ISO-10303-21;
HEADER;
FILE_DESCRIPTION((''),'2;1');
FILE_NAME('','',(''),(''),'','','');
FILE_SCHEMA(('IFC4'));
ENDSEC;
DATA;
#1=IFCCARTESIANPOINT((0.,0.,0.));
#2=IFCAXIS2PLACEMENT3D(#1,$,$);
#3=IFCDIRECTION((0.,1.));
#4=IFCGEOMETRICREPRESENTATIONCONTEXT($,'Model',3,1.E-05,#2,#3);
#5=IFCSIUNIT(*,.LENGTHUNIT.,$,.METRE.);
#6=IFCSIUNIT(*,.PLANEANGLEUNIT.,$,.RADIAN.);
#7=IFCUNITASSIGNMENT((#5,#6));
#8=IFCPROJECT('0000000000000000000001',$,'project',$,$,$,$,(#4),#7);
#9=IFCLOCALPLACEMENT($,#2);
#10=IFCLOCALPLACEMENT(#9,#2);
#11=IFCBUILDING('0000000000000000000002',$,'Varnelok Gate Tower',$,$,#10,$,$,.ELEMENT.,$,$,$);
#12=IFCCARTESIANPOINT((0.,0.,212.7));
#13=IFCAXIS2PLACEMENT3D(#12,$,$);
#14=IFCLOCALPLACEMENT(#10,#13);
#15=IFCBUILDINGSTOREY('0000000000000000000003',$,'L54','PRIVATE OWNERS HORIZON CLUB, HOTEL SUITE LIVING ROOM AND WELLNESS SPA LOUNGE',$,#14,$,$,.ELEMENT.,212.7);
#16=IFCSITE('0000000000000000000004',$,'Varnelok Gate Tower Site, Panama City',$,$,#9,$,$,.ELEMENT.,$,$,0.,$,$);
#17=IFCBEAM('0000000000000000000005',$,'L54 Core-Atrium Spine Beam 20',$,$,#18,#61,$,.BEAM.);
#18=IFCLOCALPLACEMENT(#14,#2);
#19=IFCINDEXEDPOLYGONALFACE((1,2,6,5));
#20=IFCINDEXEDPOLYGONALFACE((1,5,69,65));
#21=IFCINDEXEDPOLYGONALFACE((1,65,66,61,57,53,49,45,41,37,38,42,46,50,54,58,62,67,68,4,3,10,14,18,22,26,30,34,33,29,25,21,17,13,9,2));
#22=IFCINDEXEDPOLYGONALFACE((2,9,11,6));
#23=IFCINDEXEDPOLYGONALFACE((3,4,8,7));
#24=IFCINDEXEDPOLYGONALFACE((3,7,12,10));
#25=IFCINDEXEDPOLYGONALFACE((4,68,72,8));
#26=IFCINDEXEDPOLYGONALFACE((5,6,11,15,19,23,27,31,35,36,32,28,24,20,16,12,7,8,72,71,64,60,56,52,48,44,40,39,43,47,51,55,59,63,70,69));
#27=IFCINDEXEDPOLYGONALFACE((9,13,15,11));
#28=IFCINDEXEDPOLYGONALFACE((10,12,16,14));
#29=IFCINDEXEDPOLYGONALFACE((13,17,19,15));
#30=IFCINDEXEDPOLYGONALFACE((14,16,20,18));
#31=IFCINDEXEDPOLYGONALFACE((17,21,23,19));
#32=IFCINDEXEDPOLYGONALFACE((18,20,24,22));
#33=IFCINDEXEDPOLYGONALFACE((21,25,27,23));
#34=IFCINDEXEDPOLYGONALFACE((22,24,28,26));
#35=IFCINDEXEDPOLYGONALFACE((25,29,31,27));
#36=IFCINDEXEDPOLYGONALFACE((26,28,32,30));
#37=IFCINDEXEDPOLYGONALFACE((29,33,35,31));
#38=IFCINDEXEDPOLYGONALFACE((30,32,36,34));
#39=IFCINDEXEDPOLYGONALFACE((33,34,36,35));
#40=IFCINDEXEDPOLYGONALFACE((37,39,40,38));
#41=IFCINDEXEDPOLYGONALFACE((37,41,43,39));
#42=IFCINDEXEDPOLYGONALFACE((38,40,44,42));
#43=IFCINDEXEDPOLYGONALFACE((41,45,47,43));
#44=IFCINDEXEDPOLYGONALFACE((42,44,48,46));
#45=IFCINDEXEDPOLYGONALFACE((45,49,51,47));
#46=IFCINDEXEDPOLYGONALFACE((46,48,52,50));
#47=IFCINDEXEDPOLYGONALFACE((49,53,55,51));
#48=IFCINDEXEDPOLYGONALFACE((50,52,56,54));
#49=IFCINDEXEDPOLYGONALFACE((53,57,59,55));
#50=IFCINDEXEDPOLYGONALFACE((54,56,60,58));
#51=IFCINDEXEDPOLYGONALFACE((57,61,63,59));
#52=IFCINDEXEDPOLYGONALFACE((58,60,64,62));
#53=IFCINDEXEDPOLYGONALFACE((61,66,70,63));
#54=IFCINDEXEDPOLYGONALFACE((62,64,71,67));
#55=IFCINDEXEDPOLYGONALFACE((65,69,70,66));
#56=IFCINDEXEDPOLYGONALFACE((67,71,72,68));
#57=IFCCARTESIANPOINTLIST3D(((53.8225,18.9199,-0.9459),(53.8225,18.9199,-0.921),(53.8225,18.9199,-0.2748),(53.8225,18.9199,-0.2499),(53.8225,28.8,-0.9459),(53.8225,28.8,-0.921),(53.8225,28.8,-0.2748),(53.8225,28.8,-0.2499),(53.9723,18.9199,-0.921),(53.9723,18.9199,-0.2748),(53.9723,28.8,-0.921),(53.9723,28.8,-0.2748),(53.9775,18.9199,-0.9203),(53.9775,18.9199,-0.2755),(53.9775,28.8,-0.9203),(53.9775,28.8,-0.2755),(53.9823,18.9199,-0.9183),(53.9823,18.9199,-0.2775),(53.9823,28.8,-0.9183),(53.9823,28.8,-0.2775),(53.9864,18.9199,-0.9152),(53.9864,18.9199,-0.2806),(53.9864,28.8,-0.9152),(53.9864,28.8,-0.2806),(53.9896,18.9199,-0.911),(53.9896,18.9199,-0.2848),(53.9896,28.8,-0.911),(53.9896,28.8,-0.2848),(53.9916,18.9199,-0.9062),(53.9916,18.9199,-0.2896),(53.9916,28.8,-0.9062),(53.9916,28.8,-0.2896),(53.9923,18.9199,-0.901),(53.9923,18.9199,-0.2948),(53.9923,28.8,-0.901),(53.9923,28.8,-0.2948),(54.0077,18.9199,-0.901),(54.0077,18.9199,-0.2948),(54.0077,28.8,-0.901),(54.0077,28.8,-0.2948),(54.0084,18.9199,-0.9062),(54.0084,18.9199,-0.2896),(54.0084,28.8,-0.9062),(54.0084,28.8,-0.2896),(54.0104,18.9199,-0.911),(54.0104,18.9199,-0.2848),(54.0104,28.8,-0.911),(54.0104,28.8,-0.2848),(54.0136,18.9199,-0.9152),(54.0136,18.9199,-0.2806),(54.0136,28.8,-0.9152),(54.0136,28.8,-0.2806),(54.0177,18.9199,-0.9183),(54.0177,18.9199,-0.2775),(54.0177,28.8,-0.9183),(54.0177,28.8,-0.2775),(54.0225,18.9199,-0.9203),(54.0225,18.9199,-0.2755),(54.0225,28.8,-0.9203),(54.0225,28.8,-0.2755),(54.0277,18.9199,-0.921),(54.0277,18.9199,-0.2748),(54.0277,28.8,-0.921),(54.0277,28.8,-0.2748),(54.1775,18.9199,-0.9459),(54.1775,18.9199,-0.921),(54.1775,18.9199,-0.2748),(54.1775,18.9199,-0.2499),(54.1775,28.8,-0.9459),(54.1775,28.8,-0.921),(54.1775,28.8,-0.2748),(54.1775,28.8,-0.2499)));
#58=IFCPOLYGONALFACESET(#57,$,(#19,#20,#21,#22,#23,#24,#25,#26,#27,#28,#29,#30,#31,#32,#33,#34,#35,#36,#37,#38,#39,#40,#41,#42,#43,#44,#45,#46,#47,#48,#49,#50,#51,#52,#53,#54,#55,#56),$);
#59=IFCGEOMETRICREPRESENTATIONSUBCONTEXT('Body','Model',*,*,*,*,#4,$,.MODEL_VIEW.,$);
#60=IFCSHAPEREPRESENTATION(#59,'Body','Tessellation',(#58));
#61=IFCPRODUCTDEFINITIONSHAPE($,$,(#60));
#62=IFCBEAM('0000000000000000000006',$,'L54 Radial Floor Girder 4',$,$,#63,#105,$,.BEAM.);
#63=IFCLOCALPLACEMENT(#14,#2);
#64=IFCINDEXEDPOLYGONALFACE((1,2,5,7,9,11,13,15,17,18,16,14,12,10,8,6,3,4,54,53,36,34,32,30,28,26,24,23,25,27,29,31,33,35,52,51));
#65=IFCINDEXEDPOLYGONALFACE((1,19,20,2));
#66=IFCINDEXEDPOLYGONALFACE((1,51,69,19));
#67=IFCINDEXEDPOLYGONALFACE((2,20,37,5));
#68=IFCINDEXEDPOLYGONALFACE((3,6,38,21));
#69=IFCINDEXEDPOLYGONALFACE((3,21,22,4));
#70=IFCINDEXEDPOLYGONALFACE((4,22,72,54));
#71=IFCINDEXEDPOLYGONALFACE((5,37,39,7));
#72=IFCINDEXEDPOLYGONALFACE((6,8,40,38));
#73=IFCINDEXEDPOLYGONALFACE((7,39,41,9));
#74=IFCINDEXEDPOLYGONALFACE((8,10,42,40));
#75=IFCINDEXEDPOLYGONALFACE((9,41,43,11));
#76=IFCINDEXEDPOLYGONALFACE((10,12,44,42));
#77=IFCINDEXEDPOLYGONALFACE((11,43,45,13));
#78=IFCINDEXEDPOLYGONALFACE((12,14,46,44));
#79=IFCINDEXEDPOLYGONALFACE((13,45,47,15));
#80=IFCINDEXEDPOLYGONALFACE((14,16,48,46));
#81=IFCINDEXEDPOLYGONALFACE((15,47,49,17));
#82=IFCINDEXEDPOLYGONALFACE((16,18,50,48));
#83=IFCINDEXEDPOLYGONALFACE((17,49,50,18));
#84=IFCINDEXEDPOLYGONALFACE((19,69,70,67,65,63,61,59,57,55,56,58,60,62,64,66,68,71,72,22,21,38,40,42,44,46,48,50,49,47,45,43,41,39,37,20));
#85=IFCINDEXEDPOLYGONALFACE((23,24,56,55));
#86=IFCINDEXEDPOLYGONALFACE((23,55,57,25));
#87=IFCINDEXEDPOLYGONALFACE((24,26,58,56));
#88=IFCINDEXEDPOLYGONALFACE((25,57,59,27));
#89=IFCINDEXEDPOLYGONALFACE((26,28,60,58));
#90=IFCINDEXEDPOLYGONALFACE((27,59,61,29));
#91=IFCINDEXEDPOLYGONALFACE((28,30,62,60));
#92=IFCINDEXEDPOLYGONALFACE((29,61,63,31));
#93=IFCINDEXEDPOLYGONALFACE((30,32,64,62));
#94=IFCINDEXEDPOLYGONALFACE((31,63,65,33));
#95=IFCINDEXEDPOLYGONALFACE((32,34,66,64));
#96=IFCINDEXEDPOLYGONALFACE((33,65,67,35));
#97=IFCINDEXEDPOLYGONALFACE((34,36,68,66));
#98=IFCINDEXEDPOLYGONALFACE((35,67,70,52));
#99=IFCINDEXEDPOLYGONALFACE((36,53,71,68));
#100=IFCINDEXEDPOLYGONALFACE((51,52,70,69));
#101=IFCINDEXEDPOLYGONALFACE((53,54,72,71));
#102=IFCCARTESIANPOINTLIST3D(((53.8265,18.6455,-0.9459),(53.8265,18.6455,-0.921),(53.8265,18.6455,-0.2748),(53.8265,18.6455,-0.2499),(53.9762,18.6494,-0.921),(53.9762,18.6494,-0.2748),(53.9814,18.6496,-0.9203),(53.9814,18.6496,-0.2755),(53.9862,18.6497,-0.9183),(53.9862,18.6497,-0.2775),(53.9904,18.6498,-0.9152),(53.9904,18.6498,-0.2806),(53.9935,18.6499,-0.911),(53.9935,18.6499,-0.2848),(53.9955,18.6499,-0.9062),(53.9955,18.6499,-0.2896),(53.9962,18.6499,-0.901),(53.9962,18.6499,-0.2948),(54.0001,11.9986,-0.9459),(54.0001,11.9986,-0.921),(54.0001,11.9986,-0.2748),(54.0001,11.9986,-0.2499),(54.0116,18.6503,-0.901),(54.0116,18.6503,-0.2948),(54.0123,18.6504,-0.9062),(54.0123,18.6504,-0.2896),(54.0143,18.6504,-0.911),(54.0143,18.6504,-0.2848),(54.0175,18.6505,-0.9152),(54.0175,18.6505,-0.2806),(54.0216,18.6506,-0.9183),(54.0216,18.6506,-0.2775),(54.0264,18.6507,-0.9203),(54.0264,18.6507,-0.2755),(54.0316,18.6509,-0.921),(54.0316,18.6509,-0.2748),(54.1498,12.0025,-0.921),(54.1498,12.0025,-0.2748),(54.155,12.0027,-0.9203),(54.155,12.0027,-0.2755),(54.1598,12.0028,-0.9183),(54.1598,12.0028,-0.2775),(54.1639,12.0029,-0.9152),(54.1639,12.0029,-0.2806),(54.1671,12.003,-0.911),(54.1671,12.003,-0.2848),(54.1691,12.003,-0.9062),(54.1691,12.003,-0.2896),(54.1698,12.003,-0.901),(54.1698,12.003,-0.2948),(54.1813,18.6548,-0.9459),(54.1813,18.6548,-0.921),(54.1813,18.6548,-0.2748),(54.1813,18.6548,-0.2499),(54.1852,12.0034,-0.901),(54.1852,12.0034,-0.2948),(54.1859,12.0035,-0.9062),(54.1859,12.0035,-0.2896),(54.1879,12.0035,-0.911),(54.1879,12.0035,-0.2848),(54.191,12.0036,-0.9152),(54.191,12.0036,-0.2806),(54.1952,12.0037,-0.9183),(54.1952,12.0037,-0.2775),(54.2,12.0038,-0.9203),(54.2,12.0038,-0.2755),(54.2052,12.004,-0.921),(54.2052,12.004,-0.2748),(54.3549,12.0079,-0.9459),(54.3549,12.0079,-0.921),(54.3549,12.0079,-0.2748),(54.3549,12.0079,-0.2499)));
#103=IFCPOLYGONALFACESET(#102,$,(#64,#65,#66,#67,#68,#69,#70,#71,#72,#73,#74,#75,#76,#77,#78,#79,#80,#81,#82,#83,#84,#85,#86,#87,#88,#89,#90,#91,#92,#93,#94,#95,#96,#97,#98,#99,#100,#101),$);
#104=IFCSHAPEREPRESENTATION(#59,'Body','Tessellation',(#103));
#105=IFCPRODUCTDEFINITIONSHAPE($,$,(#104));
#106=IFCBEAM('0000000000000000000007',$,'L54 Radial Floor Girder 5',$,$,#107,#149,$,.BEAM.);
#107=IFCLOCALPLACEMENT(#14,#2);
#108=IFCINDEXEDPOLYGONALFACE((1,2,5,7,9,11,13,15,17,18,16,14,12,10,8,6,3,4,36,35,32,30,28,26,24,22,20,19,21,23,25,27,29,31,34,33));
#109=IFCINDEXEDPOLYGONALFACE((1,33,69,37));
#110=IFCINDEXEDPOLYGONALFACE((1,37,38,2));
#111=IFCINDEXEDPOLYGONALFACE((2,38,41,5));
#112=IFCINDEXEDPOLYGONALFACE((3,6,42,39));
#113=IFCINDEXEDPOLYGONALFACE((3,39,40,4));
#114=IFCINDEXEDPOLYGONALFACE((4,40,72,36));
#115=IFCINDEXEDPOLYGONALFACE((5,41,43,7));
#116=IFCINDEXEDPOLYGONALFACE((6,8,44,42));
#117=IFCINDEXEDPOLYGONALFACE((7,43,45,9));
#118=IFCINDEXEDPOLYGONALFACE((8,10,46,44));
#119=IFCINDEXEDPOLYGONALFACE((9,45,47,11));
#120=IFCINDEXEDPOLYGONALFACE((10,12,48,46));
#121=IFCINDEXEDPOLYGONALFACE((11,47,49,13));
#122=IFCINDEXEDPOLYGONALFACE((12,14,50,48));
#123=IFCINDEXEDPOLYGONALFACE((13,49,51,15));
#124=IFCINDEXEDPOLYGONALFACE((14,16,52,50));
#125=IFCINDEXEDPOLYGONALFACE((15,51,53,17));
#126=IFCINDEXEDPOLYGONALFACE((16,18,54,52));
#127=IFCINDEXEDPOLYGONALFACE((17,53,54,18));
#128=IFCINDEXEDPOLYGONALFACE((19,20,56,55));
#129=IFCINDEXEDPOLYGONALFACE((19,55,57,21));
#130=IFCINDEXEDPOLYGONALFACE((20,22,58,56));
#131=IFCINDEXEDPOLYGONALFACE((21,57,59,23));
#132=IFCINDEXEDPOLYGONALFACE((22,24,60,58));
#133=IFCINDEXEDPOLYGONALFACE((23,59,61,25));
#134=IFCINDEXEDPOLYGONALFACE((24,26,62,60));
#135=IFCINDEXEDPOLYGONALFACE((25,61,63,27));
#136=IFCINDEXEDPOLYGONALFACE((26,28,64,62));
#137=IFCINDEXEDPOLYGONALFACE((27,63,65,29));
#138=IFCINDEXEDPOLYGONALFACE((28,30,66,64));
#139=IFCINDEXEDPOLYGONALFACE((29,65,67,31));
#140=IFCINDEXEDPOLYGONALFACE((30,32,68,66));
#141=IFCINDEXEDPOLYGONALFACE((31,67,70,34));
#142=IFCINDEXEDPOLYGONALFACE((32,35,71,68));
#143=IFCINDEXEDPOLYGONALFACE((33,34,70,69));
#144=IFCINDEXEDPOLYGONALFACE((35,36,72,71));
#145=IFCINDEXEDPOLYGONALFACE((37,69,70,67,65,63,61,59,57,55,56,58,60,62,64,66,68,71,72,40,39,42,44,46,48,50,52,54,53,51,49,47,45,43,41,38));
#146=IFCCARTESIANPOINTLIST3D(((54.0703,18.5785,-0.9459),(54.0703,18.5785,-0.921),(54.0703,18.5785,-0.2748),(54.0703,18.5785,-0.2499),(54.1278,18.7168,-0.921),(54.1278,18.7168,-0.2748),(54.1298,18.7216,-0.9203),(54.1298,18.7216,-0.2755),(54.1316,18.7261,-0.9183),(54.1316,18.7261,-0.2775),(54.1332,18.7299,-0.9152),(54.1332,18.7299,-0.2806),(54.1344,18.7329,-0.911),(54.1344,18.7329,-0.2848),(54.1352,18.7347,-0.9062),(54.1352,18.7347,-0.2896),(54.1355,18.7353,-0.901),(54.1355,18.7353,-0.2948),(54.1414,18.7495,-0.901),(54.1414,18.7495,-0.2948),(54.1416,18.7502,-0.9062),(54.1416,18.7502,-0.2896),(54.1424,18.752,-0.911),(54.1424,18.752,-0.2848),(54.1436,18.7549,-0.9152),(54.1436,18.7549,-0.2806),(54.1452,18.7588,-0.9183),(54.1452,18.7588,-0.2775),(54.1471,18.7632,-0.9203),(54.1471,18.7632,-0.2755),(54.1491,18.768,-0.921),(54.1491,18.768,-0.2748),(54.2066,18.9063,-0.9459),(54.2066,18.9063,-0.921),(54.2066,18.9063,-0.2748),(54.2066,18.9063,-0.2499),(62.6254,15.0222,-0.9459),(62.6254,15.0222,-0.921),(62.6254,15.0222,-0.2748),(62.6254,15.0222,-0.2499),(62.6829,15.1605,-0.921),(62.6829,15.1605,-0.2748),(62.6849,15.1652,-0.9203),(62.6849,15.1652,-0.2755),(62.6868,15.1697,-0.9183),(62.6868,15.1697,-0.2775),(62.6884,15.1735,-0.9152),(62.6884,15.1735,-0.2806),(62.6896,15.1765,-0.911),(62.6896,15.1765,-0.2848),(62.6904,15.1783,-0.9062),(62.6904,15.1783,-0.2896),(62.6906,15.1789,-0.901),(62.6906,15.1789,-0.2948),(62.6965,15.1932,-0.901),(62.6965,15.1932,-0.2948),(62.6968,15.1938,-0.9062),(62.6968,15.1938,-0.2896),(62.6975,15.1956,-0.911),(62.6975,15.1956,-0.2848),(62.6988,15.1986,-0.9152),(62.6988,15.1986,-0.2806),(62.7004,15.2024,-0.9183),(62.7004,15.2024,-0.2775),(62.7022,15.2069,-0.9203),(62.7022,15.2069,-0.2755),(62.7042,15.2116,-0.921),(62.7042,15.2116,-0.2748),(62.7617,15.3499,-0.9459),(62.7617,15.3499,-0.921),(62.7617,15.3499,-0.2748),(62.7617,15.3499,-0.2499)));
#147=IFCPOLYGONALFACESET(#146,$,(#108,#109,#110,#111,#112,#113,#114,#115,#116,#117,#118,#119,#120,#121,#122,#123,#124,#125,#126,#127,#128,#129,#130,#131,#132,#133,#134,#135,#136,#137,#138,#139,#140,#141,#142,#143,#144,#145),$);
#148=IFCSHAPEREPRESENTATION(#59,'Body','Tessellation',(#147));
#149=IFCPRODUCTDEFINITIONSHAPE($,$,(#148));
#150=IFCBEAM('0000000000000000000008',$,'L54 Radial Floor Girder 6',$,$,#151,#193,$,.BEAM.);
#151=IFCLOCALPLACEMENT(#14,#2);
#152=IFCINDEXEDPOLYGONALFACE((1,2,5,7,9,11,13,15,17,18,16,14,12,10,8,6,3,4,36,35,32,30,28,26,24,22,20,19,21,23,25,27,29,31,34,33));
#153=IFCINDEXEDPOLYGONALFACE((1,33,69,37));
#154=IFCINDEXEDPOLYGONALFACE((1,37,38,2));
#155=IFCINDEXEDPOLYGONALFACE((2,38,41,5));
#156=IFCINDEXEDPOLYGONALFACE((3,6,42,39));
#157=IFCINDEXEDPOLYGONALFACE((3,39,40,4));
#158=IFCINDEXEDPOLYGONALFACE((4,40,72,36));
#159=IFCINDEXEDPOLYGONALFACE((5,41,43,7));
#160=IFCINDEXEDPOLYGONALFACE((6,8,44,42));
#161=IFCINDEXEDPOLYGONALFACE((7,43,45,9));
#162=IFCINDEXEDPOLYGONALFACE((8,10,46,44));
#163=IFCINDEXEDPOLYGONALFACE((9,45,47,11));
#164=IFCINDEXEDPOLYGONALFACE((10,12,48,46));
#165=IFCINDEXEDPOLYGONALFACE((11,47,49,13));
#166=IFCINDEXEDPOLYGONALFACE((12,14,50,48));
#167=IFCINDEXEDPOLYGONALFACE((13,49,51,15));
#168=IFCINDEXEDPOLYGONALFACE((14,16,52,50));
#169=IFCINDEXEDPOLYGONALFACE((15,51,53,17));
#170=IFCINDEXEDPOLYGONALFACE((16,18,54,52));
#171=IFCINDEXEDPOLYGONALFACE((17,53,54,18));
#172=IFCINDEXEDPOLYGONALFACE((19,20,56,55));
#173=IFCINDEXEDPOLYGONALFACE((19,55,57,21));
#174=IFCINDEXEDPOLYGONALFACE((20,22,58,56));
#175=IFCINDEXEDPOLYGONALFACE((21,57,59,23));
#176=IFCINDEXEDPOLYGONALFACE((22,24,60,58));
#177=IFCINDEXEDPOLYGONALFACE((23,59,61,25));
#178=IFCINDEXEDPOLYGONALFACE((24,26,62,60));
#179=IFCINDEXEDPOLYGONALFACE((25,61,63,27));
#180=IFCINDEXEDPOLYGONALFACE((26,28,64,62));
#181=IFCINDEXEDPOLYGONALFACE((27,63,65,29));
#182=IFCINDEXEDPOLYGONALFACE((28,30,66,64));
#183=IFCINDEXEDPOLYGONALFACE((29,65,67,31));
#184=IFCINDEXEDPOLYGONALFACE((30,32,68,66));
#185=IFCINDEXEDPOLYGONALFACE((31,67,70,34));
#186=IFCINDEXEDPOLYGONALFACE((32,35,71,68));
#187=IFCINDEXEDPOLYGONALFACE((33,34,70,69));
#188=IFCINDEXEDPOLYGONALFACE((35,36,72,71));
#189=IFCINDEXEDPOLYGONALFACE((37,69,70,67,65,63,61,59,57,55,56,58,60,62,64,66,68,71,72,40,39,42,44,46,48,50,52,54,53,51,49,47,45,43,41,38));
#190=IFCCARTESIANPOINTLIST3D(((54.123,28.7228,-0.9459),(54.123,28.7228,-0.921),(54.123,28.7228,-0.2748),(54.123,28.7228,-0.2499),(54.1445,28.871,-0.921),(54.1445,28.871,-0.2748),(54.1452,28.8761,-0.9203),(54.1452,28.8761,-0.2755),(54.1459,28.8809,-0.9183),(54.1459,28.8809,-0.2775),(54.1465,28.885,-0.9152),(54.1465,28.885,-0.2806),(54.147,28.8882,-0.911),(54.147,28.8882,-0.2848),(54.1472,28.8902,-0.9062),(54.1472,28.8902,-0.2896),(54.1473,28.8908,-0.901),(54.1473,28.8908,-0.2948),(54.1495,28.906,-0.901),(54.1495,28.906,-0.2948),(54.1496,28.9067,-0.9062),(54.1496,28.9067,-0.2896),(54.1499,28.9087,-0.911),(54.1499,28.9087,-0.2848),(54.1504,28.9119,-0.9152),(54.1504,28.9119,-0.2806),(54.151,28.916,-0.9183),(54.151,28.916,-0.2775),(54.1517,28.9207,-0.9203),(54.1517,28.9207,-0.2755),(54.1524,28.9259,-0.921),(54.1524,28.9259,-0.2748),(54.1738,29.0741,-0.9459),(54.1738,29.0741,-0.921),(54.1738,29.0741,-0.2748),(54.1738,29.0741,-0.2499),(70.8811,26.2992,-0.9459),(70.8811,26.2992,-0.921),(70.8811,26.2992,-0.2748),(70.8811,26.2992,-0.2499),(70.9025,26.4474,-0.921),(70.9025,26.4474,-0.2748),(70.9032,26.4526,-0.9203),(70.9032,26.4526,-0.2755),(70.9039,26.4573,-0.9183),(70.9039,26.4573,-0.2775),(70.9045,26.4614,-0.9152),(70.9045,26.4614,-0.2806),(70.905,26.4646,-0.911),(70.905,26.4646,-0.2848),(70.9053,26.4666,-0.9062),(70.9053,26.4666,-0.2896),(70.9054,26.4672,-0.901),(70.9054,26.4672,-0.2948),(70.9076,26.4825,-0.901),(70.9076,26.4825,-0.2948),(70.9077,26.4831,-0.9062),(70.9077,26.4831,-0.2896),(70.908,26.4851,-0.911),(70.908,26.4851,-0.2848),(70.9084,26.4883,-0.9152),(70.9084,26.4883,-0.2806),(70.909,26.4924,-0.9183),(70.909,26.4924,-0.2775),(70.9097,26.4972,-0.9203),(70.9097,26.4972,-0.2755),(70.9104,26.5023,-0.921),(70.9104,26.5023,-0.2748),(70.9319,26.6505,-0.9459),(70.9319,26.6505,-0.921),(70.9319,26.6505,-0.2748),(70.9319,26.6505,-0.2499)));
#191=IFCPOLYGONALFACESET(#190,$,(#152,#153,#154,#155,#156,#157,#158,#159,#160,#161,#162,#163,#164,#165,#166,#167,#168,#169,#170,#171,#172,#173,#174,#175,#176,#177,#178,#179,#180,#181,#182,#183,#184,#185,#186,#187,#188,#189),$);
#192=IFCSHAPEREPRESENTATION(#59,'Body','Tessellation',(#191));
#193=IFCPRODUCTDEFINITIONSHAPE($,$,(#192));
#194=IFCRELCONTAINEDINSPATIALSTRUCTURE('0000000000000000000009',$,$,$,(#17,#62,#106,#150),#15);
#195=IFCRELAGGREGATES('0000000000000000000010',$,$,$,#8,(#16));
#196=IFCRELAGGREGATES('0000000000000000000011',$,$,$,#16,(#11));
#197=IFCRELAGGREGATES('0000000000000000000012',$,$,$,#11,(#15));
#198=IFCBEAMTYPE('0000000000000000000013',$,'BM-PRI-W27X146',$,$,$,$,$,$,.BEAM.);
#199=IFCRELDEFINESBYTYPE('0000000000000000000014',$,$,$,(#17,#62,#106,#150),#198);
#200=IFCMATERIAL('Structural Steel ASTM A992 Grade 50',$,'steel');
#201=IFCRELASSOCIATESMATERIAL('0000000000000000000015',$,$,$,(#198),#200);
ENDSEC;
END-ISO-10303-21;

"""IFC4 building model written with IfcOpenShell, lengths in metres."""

from ifc_helpers import new_model, si_unit, direction, frame, origin, origin_2d, place, context, subcontext, project, spatial, i_section, extrude, material, material_profile, profile_set, type_object, element, save


model = new_model("IFC4")

# Units and contexts
model_context = context("Model", 3, precision=1e-05, world=origin(), true_north=direction((0.0, 1.0)))
body_context = subcontext(model_context, "Body", "Model", "MODEL_VIEW")
ifc_project = project(units=[si_unit("LENGTHUNIT", "METRE"), si_unit("PLANEANGLEUNIT", "RADIAN")], contexts=[model_context])

# Site, building, storey
site_placement = place(None, origin())
site = spatial("IfcSite", under=ifc_project, at=site_placement, Name="Varnelok Gate Tower Site, Panama City", CompositionType="ELEMENT", RefElevation=0.0)
building_placement = place(site_placement, origin())
building = spatial("IfcBuilding", under=site, at=building_placement, Name="Varnelok Gate Tower", CompositionType="ELEMENT")
storey_placement = place(building_placement, frame((0.0, 0.0, 212.7)))
storey = spatial("IfcBuildingStorey", under=building, at=storey_placement, Name="L54", Description="PRIVATE OWNERS HORIZON CLUB, HOTEL SUITE LIVING ROOM AND WELLNESS SPA LOUNGE", CompositionType="ELEMENT", Elevation=212.7)

# Shared definitions
ifc_material_1 = material(Name="Structural Steel ASTM A992 Grade 50", Category="steel")

# Beams
ifc_material_profile_1 = material_profile(ifc_material_1, i_section(OverallWidth=0.355, OverallDepth=0.696, WebThickness=0.0154, FlangeThickness=0.0249, FilletRadius=0.02, at=origin_2d()), Name="W27X146")
ifc_profile_set_1 = profile_set([ifc_material_profile_1], Name="Structural Steel ASTM A992 Grade 50")
beam_type_1 = type_object("IfcBeamType", Name="BM-PRI-W27X146", PredefinedType="BEAM", material=ifc_profile_set_1)
beam_1_placement = place(storey_placement, frame((54.0, 18.9199, -0.5979), z_axis=(0.0, 1.0, 0.0), x_axis=(-1.0, 0.0, 0.0)))
element("IfcBeam", 1, at=beam_1_placement, inside=storey, type_object=beam_type_1, Name="L54 Core-Atrium Spine Beam 20", PredefinedType="BEAM", context=body_context, shape_type="SweptSolid", body=[
    extrude(i_section(OverallWidth=0.355, OverallDepth=0.696, WebThickness=0.0154, FlangeThickness=0.0249, FilletRadius=0.02, at=origin_2d()), origin(), (0.0, 0.0, 1.0), 9.8801),
])
beam_2_placement = place(storey_placement, frame((54.0039, 18.6501, -0.5979), z_axis=(0.026106, -0.999659, 0.0), x_axis=(0.999659, 0.026106, 0.0)))
element("IfcBeam", 2, at=beam_2_placement, inside=storey, type_object=beam_type_1, Name="L54 Radial Floor Girder 4", PredefinedType="BEAM", context=body_context, shape_type="SweptSolid", body=[
    extrude(i_section(OverallWidth=0.355, OverallDepth=0.696, WebThickness=0.0154, FlangeThickness=0.0249, FilletRadius=0.02, at=origin_2d()), origin(), (0.0, 0.0, 1.0), 6.6492),
])
beam_3_placement = place(storey_placement, frame((54.1384, 18.7424, -0.5979), z_axis=(0.923393, -0.383856, 0.0), x_axis=(0.383856, 0.923393, 0.0)))
element("IfcBeam", 3, at=beam_3_placement, inside=storey, type_object=beam_type_1, Name="L54 Radial Floor Girder 5", PredefinedType="BEAM", context=body_context, shape_type="SweptSolid", body=[
    extrude(i_section(OverallWidth=0.355, OverallDepth=0.696, WebThickness=0.0154, FlangeThickness=0.0249, FilletRadius=0.02, at=origin_2d()), origin(), (0.0, 0.0, 1.0), 9.2649),
])
beam_4_placement = place(storey_placement, frame((54.1484, 28.8984, -0.5979), z_axis=(0.989703, -0.143133, 0.0), x_axis=(0.143133, 0.989703, 0.0)))
element("IfcBeam", 4, at=beam_4_placement, inside=storey, type_object=beam_type_1, Name="L54 Radial Floor Girder 6", PredefinedType="BEAM", context=body_context, shape_type="SweptSolid", body=[
    extrude(i_section(OverallWidth=0.355, OverallDepth=0.696, WebThickness=0.0154, FlangeThickness=0.0249, FilletRadius=0.02, at=origin_2d()), origin(), (0.0, 0.0, 1.0), 16.9324),
])

save(model, "model.ifc")
